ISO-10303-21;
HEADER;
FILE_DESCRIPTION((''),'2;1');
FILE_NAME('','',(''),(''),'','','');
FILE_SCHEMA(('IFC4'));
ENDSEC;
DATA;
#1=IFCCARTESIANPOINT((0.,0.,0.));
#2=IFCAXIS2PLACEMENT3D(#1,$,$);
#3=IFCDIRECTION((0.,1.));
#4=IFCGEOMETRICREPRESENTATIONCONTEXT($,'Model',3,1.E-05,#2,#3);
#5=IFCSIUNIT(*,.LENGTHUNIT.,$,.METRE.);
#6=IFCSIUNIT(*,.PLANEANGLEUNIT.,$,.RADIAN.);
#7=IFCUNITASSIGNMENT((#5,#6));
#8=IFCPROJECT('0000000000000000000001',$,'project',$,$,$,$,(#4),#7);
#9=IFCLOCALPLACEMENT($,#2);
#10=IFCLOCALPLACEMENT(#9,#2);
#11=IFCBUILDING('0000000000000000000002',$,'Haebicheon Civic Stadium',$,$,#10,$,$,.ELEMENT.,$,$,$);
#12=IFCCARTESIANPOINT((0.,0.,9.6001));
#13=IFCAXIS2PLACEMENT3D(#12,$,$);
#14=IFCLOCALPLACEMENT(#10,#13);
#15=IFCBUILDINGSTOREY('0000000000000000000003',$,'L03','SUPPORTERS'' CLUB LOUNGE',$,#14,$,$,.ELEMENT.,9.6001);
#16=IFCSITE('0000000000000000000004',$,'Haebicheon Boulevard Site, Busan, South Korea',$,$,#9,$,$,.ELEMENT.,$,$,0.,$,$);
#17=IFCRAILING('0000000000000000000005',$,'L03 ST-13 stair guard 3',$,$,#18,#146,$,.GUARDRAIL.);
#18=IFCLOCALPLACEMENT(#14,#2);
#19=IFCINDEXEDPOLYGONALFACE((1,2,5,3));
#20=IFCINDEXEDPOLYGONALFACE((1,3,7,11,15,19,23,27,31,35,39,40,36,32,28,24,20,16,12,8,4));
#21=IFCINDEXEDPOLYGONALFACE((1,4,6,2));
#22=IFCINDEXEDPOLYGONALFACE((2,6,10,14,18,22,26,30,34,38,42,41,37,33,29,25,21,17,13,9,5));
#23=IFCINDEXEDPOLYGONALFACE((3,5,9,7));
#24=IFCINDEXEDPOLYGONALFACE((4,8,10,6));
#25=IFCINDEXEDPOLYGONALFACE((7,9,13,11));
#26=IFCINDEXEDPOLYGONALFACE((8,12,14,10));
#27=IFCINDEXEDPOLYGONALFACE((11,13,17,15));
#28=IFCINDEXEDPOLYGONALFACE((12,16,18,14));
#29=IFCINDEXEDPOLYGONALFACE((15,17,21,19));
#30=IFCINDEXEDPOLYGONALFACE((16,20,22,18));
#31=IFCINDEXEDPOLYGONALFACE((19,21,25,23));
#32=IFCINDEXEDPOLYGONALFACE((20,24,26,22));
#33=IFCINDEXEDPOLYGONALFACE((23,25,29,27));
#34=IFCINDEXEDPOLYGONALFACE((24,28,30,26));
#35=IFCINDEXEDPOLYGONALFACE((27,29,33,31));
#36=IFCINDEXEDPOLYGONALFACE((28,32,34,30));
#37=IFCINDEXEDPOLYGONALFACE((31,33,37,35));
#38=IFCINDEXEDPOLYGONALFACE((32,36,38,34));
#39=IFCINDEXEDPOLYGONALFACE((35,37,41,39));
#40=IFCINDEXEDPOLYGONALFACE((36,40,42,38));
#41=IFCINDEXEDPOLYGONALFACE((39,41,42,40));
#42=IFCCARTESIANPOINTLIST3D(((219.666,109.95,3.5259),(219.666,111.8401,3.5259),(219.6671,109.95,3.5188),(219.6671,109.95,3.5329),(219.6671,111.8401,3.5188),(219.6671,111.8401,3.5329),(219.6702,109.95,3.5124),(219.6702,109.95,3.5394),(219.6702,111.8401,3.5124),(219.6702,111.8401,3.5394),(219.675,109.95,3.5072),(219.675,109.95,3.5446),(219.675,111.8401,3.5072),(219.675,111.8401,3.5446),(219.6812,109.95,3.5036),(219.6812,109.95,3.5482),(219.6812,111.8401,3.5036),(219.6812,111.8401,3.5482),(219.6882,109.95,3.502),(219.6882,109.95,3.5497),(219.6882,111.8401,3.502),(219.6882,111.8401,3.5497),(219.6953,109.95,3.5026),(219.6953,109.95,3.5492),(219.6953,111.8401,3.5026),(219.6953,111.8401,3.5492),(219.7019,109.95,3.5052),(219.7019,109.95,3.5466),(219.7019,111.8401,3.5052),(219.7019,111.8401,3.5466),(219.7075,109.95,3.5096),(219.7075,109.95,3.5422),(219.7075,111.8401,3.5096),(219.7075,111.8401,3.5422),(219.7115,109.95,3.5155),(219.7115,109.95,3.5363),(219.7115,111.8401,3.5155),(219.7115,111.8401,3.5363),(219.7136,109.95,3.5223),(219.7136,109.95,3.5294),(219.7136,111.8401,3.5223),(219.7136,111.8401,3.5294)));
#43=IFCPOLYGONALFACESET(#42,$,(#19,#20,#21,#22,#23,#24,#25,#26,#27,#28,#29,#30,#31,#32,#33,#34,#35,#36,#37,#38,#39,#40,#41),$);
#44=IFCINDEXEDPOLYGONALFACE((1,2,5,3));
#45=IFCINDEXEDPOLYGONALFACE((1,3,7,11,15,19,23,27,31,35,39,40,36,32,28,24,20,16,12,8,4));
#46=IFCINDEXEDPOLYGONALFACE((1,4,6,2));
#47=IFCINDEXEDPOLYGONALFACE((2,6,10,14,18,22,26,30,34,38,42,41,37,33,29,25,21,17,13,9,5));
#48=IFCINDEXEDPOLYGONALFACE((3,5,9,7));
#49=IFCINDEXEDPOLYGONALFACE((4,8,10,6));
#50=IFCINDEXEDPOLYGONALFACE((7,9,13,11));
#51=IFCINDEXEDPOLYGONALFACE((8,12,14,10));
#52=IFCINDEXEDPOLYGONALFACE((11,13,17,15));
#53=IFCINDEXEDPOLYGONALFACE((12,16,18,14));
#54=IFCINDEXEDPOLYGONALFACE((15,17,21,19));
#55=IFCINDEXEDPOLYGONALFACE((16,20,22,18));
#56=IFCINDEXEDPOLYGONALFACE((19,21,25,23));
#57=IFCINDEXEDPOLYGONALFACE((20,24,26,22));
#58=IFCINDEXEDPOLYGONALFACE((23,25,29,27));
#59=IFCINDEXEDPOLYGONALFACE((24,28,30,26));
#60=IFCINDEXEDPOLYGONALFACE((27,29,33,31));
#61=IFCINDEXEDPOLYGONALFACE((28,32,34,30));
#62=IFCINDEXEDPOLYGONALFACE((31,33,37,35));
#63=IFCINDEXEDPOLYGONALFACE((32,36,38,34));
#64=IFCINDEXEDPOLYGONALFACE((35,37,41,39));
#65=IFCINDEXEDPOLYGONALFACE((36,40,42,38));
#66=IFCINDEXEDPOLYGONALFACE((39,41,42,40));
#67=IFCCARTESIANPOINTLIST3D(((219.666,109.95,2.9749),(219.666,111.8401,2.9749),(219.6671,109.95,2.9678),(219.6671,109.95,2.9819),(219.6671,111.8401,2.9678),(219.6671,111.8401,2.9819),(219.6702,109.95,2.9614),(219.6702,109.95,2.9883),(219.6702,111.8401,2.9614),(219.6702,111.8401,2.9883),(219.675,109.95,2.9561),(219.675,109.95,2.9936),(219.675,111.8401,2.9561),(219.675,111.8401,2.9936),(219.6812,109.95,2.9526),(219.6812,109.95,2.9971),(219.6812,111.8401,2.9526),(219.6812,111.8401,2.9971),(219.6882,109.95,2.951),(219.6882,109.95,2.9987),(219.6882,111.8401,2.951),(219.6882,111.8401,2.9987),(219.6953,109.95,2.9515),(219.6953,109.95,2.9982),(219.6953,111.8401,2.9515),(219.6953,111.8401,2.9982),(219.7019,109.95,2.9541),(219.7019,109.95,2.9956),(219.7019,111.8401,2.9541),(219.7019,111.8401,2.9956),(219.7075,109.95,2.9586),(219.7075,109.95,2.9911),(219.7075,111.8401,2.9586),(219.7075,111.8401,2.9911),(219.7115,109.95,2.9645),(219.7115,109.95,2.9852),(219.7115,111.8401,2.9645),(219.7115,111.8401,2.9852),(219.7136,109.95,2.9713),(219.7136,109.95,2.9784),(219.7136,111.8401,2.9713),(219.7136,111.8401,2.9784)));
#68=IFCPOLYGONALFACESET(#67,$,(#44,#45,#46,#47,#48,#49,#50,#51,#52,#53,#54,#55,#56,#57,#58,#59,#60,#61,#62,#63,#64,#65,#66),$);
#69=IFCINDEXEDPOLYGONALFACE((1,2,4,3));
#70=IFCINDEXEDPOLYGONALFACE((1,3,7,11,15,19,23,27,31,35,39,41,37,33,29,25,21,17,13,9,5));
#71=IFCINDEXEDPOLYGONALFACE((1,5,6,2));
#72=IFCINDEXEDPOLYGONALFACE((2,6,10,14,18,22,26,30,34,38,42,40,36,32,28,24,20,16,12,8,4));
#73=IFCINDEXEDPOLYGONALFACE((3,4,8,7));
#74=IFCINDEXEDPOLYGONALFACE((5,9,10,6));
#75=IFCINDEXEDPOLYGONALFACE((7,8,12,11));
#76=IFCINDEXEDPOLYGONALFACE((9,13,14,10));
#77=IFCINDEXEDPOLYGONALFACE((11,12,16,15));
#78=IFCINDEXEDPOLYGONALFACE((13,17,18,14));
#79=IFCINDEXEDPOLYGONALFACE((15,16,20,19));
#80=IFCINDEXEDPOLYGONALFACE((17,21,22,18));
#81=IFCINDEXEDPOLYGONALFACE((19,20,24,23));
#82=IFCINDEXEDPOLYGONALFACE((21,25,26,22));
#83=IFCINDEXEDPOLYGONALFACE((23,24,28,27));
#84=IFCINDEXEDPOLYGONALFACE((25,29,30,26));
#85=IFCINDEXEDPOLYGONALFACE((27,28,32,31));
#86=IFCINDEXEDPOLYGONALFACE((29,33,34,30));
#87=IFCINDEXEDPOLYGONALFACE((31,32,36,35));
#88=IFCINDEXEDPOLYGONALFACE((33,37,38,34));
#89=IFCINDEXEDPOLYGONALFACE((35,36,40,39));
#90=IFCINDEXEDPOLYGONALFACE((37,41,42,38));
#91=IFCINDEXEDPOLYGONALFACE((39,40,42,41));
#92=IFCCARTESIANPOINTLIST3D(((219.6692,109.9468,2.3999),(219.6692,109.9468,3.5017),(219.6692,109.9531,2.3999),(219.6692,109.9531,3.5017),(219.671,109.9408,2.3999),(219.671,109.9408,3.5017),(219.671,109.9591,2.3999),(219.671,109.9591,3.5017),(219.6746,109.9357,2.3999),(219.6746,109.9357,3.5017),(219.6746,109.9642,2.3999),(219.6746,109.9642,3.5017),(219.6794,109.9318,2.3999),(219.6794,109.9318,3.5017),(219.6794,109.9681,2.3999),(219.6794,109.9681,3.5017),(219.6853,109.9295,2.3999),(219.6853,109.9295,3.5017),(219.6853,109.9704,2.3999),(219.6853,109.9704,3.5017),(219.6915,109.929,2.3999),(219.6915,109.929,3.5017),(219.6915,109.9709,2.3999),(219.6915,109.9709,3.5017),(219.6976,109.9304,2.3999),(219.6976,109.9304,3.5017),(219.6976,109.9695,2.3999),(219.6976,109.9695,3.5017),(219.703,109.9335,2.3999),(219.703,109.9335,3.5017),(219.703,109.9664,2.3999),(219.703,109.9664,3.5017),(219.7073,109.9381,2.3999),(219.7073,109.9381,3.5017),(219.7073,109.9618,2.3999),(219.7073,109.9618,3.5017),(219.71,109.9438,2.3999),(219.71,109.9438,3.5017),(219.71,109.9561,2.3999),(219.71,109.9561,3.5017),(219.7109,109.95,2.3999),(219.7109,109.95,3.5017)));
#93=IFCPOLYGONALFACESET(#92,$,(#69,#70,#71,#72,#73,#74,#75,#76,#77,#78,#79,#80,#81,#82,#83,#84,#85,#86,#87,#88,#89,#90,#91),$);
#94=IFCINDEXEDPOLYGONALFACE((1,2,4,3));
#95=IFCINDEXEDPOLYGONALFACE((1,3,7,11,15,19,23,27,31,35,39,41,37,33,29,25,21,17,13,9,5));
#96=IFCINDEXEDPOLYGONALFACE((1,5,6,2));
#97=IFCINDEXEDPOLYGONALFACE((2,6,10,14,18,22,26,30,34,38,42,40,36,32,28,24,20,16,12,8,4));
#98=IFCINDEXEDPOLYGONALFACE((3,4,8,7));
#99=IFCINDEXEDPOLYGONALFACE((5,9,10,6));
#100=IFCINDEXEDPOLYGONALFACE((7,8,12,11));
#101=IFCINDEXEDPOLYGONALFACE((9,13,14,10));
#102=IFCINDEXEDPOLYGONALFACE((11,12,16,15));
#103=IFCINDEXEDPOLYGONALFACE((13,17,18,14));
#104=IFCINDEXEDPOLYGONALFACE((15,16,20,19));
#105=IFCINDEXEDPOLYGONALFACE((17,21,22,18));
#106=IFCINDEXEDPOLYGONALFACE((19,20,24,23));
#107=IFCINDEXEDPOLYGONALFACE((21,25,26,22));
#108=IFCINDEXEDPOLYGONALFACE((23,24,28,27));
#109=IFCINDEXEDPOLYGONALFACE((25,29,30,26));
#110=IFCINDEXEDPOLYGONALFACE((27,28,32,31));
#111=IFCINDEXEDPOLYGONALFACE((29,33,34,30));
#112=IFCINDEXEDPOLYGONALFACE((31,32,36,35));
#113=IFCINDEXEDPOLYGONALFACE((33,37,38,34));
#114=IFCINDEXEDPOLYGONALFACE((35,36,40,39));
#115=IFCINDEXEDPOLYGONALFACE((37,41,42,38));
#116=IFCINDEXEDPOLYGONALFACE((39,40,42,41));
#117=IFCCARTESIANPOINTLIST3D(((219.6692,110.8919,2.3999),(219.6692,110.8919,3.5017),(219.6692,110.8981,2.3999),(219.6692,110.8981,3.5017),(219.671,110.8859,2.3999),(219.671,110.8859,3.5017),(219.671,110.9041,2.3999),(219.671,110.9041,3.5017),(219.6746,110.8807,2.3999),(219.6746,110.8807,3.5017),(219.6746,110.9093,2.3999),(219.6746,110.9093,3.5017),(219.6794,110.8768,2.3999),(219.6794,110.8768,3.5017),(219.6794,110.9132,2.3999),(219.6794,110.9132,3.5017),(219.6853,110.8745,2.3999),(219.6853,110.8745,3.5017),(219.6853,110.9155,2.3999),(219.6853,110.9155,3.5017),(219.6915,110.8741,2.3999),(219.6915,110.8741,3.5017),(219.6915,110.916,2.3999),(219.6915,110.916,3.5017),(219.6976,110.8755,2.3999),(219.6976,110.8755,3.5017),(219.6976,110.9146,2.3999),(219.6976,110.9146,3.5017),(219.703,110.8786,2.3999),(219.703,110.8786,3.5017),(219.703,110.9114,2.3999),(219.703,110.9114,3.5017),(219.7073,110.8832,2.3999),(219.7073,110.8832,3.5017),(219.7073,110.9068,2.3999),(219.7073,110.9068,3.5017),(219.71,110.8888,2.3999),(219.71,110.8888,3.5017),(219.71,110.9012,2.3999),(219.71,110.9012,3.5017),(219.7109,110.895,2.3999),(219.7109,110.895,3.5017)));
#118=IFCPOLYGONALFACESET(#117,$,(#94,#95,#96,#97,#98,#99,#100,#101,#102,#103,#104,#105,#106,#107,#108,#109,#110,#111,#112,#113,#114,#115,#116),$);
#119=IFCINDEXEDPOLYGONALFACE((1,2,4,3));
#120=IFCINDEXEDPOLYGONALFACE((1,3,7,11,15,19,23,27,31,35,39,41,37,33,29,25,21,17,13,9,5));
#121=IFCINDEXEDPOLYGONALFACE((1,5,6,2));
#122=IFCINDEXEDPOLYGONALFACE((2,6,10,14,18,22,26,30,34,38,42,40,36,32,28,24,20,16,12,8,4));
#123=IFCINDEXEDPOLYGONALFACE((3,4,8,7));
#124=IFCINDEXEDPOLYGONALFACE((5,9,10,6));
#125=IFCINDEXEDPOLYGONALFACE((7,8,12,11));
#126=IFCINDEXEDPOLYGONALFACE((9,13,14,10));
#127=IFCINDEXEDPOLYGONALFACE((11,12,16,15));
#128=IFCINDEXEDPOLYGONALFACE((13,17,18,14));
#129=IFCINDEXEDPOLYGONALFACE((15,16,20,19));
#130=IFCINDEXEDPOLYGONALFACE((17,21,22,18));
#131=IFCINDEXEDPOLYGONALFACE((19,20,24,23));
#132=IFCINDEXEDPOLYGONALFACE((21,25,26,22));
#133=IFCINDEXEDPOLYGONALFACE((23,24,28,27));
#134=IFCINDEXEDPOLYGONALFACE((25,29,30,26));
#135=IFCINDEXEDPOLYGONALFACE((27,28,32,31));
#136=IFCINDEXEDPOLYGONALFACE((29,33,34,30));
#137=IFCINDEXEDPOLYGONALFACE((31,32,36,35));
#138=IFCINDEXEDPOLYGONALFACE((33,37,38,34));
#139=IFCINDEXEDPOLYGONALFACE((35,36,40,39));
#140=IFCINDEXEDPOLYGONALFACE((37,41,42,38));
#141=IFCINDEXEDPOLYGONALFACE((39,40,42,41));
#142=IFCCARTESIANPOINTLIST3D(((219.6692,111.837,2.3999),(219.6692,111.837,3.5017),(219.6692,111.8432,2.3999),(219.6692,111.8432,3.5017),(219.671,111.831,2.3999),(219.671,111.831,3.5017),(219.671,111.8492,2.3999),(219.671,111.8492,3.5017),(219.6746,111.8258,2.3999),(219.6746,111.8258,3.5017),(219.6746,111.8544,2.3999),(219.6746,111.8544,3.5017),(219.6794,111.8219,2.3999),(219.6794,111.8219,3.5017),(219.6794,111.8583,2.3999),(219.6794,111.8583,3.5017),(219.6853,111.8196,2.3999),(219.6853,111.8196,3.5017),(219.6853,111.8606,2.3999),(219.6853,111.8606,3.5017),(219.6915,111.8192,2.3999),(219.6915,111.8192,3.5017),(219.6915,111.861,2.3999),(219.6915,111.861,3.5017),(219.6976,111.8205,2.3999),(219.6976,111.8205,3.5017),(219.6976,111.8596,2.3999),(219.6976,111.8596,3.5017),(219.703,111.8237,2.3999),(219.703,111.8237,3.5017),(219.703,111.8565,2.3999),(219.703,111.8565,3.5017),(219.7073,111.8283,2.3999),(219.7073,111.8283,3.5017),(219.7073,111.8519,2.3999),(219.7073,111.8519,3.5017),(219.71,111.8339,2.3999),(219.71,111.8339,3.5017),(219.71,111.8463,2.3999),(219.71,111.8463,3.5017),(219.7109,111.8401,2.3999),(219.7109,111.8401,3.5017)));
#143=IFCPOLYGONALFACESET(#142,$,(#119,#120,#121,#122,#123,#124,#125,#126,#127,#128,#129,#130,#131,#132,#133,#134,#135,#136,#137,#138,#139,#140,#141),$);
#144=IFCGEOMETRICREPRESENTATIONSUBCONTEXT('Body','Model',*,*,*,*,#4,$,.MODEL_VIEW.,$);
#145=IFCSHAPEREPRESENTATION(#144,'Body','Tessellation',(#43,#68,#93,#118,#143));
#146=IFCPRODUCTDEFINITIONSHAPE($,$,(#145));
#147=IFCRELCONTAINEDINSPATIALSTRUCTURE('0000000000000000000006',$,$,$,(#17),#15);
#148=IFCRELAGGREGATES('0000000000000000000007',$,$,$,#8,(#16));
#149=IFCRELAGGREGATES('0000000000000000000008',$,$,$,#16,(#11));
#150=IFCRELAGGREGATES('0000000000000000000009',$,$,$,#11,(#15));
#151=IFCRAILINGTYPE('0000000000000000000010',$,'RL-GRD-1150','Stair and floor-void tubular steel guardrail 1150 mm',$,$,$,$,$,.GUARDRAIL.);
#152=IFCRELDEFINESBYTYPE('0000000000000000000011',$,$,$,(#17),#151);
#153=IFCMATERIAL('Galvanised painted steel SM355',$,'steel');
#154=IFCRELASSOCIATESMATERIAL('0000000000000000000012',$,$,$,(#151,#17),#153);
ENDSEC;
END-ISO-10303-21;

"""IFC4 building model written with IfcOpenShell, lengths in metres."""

from ifc_helpers import new_model, si_unit, direction, frame, origin, origin_2d, place, context, subcontext, project, spatial, circle, extrude, material, type_object, element, save


model = new_model("IFC4")

# Units and contexts
model_context = context("Model", 3, precision=1e-05, world=origin(), true_north=direction((0.0, 1.0)))
body_context = subcontext(model_context, "Body", "Model", "MODEL_VIEW")
ifc_project = project(units=[si_unit("LENGTHUNIT", "METRE"), si_unit("PLANEANGLEUNIT", "RADIAN")], contexts=[model_context])

# Site, building, storey
site_placement = place(None, origin())
site = spatial("IfcSite", under=ifc_project, at=site_placement, Name="Haebicheon Boulevard Site, Busan, South Korea", CompositionType="ELEMENT", RefElevation=0.0)
building_placement = place(site_placement, origin())
building = spatial("IfcBuilding", under=site, at=building_placement, Name="Haebicheon Civic Stadium", CompositionType="ELEMENT")
storey_placement = place(building_placement, frame((0.0, 0.0, 9.6001)))
storey = spatial("IfcBuildingStorey", under=building, at=storey_placement, Name="L03", Description="SUPPORTERS' CLUB LOUNGE", CompositionType="ELEMENT", Elevation=9.6001)

# Railing
ifc_material_1 = material(Name="Galvanised painted steel SM355", Category="steel")
railing_type_1 = type_object("IfcRailingType", Name="RL-GRD-1150", Description="Stair and floor-void tubular steel guardrail 1150 mm", PredefinedType="GUARDRAIL", material=ifc_material_1)
for number, where, name in (
    (1, (219.6899, 109.95, 2.3999), "L03 ST-13 stair guard 3"),
):
    element("IfcRailing", number, at=place(storey_placement, frame(where)), inside=storey, type_object=railing_type_1, material=ifc_material_1, Name=name, PredefinedType="GUARDRAIL", context=body_context, shape_type="SweptSolid", body=[
        extrude(circle(Radius=0.0239, at=origin_2d()), frame((0.0, 0.0, 1.126), z_axis=(0.0, 1.0, 0.0), x_axis=(-1.0, 0.0, 0.0)), (0.0, 0.0, 1.0), 1.8901),
        extrude(circle(Radius=0.0239, at=origin_2d()), frame((0.0, 0.0, 0.575), z_axis=(0.0, 1.0, 0.0), x_axis=(-1.0, 0.0, 0.0)), (0.0, 0.0, 1.0), 1.8901),
        extrude(circle(Radius=0.021, at=origin_2d()), origin(), (0.0, 0.0, 1.0), 1.1018),
        extrude(circle(Radius=0.021, at=origin_2d()), frame((0.0, 0.9451, 0.0)), (0.0, 0.0, 1.0), 1.1018),
        extrude(circle(Radius=0.021, at=origin_2d()), frame((0.0, 1.8901, 0.0)), (0.0, 0.0, 1.0), 1.1018),
    ])

save(model, "model.ifc")
